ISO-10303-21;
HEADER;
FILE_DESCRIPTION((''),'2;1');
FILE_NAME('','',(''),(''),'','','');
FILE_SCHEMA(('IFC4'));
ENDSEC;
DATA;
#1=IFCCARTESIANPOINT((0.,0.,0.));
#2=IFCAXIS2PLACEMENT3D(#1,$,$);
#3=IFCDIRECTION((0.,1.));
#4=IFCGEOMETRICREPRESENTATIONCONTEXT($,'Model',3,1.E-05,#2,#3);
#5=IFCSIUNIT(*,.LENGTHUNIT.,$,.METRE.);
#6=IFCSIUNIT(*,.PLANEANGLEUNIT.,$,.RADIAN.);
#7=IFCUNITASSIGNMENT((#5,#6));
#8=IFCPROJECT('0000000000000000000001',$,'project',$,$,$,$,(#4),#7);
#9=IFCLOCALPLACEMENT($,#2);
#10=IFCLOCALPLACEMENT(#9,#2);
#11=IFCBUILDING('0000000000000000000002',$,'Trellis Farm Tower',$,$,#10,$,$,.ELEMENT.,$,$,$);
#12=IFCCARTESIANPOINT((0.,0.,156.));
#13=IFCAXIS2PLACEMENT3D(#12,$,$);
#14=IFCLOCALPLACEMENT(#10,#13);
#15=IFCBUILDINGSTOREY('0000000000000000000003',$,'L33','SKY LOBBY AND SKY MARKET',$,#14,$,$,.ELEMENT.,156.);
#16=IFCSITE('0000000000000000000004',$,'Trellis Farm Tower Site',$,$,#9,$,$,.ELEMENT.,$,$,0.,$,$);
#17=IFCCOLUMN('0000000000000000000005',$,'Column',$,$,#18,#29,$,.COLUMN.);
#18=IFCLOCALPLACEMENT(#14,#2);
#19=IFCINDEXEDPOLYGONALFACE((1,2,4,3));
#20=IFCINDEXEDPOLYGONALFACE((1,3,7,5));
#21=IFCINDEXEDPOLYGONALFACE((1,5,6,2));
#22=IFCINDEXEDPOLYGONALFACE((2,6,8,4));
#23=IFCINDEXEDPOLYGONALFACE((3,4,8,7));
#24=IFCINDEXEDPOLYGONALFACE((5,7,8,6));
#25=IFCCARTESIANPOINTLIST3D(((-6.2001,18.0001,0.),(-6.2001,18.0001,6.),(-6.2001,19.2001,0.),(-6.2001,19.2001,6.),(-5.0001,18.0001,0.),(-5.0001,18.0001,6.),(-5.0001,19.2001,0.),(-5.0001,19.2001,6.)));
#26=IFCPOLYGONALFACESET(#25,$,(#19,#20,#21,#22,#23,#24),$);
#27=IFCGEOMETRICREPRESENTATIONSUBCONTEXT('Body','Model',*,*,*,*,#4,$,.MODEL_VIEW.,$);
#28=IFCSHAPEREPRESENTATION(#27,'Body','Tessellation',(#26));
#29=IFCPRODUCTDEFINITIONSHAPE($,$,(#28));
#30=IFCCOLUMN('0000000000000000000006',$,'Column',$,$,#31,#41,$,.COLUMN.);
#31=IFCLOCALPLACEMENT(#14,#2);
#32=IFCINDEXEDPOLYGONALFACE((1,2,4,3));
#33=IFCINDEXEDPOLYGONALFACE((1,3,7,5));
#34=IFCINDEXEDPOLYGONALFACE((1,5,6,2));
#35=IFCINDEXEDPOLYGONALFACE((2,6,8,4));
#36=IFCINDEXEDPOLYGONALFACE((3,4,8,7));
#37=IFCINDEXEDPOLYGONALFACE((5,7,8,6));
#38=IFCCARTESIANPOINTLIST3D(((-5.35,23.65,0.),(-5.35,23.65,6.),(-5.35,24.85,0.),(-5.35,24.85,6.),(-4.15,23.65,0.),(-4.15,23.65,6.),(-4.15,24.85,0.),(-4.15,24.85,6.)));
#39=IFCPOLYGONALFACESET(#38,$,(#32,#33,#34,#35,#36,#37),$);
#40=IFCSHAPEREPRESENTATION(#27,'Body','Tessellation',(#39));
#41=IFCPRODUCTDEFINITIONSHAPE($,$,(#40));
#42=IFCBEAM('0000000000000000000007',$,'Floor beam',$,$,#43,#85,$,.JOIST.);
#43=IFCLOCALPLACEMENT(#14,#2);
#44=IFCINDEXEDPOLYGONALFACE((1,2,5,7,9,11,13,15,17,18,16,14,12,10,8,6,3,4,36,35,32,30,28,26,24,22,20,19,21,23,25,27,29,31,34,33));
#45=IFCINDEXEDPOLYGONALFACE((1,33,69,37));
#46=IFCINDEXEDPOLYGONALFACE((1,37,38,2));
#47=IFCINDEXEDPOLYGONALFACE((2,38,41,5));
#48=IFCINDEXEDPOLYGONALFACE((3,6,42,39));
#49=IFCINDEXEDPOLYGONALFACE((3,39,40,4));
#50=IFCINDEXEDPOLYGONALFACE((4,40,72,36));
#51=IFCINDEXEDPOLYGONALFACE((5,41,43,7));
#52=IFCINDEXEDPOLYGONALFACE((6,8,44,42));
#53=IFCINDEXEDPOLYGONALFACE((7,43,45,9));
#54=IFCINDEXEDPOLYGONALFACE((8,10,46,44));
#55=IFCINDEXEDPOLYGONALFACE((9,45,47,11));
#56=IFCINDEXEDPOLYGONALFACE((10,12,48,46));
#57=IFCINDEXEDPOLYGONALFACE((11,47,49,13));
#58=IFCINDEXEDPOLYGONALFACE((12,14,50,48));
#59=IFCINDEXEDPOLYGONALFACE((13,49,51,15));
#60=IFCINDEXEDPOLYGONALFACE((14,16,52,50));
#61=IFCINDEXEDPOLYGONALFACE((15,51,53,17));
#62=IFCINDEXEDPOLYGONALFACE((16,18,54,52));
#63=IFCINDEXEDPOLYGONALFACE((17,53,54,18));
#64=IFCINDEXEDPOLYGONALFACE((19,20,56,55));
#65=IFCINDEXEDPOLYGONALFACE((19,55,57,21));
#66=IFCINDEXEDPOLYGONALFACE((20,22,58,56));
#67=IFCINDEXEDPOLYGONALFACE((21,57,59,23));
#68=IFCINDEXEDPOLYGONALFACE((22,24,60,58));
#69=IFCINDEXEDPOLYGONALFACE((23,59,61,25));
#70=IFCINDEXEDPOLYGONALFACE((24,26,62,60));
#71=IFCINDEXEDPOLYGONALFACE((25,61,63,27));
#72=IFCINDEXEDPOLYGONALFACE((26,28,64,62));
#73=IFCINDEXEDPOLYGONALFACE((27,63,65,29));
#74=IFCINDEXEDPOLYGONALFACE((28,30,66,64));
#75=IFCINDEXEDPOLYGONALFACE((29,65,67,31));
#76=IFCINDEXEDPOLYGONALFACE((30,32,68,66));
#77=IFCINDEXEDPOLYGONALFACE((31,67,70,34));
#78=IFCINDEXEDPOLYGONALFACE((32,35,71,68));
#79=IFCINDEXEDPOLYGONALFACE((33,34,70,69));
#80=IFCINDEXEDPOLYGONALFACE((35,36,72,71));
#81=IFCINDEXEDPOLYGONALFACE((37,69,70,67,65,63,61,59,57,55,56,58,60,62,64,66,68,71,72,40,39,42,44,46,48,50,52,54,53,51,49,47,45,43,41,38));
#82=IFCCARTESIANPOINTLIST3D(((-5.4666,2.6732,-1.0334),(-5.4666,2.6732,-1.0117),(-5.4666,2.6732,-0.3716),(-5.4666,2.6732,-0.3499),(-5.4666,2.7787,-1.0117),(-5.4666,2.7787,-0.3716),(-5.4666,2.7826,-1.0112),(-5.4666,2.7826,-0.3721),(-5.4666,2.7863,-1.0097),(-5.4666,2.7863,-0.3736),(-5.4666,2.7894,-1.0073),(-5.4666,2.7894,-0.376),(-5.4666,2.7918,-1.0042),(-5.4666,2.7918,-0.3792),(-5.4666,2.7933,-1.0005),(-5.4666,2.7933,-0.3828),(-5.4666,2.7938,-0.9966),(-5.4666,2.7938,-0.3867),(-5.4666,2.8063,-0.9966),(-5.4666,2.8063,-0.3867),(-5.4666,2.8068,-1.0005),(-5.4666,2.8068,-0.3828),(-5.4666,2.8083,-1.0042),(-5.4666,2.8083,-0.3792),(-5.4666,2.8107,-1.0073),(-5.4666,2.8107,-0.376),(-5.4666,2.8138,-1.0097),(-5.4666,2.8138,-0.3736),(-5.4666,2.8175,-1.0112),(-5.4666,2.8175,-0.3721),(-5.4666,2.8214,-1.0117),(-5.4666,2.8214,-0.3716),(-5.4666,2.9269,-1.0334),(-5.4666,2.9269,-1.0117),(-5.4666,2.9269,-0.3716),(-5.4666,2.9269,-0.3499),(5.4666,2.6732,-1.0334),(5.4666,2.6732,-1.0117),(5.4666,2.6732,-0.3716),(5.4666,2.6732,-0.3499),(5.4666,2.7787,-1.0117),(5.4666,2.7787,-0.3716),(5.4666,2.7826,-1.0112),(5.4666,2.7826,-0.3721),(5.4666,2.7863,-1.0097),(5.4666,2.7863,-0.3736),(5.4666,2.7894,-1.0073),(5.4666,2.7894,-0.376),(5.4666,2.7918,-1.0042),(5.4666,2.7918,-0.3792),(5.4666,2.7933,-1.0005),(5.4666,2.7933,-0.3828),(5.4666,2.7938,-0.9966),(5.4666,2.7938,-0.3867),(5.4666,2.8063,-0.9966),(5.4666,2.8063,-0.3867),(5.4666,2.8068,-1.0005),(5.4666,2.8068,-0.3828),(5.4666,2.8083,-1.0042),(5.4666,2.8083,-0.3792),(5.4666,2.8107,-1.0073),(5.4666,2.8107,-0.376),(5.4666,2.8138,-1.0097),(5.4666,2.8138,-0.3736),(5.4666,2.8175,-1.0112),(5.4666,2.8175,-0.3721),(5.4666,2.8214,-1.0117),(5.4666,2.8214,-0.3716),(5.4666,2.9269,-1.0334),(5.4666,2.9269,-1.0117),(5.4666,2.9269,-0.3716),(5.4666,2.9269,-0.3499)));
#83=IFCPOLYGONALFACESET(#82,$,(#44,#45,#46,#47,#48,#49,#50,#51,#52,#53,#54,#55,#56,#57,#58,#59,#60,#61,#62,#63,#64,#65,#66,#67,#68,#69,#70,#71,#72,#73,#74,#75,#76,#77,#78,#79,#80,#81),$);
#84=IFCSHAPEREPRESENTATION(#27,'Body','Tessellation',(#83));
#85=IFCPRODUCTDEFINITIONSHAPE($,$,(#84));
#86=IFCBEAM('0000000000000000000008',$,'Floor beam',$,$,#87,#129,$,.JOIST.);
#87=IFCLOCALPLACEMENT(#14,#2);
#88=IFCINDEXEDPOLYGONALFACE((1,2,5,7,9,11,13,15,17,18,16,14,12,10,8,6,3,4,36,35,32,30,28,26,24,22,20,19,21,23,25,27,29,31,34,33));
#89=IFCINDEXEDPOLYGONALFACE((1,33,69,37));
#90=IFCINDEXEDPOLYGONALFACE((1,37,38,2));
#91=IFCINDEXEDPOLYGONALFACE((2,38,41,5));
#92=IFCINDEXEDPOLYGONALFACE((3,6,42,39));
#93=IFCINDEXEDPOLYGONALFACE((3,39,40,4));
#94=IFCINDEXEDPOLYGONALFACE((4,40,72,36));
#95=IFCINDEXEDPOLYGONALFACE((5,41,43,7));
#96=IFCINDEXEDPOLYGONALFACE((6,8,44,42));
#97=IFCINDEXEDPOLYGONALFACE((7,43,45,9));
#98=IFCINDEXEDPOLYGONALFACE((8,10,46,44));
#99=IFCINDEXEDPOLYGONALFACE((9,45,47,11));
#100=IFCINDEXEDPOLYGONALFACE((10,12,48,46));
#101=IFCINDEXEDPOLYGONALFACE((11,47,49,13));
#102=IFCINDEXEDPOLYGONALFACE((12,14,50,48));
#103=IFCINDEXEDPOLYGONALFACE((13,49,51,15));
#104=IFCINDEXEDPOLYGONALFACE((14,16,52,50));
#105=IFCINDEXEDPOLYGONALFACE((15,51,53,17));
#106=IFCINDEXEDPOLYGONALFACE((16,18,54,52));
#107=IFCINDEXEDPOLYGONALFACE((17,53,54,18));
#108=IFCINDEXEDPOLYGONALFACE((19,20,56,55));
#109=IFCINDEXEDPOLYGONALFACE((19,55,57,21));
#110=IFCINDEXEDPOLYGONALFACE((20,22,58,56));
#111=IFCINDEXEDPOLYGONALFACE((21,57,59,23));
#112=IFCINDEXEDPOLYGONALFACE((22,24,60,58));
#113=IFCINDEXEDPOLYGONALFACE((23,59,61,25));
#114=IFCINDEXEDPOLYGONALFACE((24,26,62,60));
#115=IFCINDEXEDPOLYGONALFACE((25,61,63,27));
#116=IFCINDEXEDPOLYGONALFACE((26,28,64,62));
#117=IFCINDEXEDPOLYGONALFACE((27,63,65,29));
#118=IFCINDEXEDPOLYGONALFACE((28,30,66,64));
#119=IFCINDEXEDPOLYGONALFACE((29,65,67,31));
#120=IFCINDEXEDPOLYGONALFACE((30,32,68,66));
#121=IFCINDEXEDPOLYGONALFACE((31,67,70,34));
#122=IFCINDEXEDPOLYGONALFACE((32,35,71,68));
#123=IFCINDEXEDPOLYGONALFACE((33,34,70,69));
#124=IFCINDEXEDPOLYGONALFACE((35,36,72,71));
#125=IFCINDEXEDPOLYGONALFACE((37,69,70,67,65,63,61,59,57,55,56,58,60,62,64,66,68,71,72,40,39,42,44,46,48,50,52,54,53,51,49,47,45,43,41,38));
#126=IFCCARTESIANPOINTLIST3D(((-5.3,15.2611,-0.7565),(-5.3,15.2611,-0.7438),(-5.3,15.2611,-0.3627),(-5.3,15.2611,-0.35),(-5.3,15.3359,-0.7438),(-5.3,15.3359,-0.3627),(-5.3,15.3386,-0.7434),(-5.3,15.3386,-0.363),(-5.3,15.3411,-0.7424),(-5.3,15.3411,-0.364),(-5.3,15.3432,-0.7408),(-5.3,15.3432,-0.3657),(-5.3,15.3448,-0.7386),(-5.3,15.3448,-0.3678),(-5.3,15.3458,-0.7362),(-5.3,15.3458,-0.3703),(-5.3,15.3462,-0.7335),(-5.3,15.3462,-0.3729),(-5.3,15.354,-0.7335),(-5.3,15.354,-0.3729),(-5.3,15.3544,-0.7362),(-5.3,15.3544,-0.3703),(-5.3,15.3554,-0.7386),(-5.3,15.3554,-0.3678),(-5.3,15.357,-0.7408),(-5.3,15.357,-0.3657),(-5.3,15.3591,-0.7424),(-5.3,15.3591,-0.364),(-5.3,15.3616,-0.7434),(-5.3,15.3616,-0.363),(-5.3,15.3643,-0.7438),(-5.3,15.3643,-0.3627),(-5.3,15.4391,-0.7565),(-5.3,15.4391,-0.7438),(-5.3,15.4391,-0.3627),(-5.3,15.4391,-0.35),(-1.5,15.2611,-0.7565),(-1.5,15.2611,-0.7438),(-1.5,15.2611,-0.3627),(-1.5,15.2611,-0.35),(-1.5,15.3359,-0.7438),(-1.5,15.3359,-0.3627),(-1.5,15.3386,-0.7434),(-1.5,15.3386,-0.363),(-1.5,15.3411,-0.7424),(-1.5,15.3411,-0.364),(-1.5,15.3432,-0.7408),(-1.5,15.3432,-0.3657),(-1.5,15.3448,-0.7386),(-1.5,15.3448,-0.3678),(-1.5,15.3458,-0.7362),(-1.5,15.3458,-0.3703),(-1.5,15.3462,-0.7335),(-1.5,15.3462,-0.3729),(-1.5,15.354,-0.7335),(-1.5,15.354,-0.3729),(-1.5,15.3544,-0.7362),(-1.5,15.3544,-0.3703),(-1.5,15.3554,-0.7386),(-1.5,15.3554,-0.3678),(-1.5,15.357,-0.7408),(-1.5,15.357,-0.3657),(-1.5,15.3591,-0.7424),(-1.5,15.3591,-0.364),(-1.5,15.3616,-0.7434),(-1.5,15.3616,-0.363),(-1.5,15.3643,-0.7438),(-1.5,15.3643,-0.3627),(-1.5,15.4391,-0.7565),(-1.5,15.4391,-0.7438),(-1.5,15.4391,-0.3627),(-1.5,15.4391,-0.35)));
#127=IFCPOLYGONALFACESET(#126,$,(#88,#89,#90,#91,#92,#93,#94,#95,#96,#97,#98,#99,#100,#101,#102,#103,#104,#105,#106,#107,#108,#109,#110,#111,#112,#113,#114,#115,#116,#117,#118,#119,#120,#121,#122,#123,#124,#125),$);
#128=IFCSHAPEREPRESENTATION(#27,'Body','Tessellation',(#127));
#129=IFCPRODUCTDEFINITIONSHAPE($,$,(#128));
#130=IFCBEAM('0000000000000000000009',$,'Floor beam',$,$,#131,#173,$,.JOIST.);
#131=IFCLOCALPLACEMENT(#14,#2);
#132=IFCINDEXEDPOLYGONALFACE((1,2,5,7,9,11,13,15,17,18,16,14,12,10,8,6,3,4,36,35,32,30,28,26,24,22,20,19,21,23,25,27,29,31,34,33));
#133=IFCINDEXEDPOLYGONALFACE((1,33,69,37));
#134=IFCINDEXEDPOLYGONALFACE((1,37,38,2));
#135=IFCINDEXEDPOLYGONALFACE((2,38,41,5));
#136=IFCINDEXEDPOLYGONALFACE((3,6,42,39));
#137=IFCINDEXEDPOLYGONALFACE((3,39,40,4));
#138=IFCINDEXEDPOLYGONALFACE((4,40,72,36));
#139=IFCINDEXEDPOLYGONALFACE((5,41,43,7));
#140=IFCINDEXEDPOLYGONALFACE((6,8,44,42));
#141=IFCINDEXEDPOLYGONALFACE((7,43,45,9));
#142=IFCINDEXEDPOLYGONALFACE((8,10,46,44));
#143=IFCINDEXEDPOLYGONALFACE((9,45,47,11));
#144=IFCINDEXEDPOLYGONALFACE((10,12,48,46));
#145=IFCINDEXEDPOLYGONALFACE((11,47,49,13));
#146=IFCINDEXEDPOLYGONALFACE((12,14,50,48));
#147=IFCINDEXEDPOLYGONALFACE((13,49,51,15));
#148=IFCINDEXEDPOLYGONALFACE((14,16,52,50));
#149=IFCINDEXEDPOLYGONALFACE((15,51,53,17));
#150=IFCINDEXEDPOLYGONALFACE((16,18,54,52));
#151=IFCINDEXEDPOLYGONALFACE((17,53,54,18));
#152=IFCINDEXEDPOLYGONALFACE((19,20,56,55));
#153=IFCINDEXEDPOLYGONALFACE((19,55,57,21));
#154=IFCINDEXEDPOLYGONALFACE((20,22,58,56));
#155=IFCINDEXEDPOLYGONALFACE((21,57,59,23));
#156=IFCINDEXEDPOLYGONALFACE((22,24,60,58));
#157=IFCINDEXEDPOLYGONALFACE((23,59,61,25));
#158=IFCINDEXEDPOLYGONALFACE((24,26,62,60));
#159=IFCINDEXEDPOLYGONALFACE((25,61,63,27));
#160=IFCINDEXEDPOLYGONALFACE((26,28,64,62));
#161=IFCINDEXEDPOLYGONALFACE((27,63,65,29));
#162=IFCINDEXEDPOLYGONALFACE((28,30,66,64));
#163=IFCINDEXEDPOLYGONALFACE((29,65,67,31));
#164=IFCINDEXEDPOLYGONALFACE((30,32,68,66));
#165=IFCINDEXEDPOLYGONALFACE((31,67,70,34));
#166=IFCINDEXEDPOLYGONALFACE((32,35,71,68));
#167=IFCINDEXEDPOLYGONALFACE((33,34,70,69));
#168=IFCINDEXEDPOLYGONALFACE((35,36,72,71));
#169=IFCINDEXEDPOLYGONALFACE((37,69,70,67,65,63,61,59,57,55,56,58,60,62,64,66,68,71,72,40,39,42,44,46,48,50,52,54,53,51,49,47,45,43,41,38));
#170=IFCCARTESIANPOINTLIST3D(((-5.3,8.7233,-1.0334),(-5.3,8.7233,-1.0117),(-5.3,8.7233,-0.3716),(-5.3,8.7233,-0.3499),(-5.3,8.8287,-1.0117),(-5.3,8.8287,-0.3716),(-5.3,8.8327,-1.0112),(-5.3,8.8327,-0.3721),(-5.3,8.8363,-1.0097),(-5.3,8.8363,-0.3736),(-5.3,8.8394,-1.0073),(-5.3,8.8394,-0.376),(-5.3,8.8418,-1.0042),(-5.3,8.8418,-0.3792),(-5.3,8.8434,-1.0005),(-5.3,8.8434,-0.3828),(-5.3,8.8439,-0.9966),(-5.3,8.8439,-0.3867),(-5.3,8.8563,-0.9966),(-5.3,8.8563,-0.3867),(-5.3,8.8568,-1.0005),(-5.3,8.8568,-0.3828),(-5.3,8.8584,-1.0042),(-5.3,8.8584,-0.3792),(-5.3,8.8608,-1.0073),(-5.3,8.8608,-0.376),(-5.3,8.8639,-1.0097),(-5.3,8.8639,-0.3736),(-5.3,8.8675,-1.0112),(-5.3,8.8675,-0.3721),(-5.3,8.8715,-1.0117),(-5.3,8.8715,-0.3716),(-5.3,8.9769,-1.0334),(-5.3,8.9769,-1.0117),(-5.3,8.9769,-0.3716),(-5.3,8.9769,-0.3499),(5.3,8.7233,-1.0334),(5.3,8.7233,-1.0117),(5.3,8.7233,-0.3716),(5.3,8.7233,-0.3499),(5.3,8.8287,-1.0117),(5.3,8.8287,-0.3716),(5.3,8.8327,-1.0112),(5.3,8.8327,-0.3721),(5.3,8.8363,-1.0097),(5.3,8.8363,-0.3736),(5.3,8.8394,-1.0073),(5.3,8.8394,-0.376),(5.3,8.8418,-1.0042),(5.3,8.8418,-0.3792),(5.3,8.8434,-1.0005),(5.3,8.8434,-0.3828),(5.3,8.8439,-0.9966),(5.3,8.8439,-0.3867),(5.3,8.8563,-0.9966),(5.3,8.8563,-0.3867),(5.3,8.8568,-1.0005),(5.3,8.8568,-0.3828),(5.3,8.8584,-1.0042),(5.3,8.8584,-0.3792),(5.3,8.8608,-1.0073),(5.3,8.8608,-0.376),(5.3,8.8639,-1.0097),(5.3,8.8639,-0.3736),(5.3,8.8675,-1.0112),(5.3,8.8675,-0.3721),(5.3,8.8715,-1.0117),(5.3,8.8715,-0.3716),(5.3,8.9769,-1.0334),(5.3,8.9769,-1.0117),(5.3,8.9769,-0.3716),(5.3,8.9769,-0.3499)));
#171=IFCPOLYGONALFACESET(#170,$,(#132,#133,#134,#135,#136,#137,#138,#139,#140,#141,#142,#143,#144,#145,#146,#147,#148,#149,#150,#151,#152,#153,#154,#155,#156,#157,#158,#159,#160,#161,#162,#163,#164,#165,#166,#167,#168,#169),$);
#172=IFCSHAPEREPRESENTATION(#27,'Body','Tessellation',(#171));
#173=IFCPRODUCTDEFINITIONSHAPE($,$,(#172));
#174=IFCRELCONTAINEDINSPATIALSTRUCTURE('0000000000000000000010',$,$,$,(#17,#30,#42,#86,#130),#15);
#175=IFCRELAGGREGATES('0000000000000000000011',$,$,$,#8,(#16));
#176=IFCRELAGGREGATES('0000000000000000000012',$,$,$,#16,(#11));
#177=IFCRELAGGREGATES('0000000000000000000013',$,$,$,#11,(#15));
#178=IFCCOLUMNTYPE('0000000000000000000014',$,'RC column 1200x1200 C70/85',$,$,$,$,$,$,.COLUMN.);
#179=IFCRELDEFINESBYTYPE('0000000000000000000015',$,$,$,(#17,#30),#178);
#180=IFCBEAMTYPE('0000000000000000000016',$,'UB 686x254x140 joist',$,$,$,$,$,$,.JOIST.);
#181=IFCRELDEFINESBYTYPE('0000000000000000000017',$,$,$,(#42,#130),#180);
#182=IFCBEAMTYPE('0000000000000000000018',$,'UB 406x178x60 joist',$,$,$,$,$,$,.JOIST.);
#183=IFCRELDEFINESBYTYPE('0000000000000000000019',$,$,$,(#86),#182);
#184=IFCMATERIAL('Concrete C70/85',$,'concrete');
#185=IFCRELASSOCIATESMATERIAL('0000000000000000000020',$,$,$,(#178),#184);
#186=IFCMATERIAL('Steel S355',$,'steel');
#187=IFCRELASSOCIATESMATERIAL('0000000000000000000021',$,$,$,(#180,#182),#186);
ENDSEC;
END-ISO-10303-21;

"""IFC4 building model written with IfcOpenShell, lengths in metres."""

from ifc_helpers import new_model, si_unit, direction, frame, origin, origin_2d, place, context, subcontext, project, spatial, rectangle, i_section, extrude, source, transform, mapped, material, material_profile, profile_set, type_object, element, save


model = new_model("IFC4")

# Units and contexts
model_context = context("Model", 3, precision=1e-05, world=origin(), true_north=direction((0.0, 1.0)))
body_context = subcontext(model_context, "Body", "Model", "MODEL_VIEW")
ifc_project = project(units=[si_unit("LENGTHUNIT", "METRE"), si_unit("PLANEANGLEUNIT", "RADIAN")], contexts=[model_context])

# Site, building, storey
site_placement = place(None, origin())
site = spatial("IfcSite", under=ifc_project, at=site_placement, Name="Trellis Farm Tower Site", CompositionType="ELEMENT", RefElevation=0.0)
building_placement = place(site_placement, origin())
building = spatial("IfcBuilding", under=site, at=building_placement, Name="Trellis Farm Tower", CompositionType="ELEMENT")
storey_placement = place(building_placement, frame((0.0, 0.0, 156.0)))
storey = spatial("IfcBuildingStorey", under=building, at=storey_placement, Name="L33", Description="SKY LOBBY AND SKY MARKET", CompositionType="ELEMENT", Elevation=156.0)

# Columns
ifc_material_1 = material(Name="Concrete C70/85", Category="concrete")
ifc_material_profile_1 = material_profile(ifc_material_1, rectangle(XDim=1.2, YDim=1.2, at=origin_2d()), Name="RC column 1200x1200 C70/85")
ifc_profile_set_1 = profile_set([ifc_material_profile_1], Name="Concrete C70/85")
column_type = type_object("IfcColumnType", Name="RC column 1200x1200 C70/85", PredefinedType="COLUMN", material=ifc_profile_set_1)
shared_shape_1 = source(origin(), body_context, "Body", "SweptSolid", [
    extrude(rectangle(XDim=1.2, YDim=1.2, at=origin_2d()), origin(), (0.0, 0.0, 1.0), 6.0),
])
for number, where, z_axis, x_axis, name in (
    (1, (-5.6001, 18.6001, 0.0), (0.0, 0.0, 1.0), (1.0, 0.0, 0.0), "Column"),
    (2, (-4.75, 24.25, 0.0), (0.0, 0.0, 1.0), (1.0, 0.0, 0.0), "Column"),
):
    element("IfcColumn", number, at=place(storey_placement, frame(where, z_axis=z_axis, x_axis=x_axis)), inside=storey, type_object=column_type, Name=name, PredefinedType="COLUMN", context=body_context, shape_type="MappedRepresentation", body=[
        mapped(shared_shape_1, transform((0.0, 0.0, 0.0))),
    ])

# Beams
ifc_material_2 = material(Name="Steel S355", Category="steel")
ifc_material_profile_2 = material_profile(ifc_material_2, i_section(OverallWidth=0.2537, OverallDepth=0.6836, WebThickness=0.0125, FlangeThickness=0.0217, FilletRadius=0.0151, at=origin_2d()), Name="UB 686x254x140")
ifc_profile_set_2 = profile_set([ifc_material_profile_2], Name="Steel S355")
beam_type_1 = type_object("IfcBeamType", Name="UB 686x254x140 joist", PredefinedType="JOIST", material=ifc_profile_set_2)
shared_shape_2 = source(origin(), body_context, "Body", "SweptSolid", [
    extrude(i_section(OverallWidth=0.2537, OverallDepth=0.6836, WebThickness=0.0125, FlangeThickness=0.0217, FilletRadius=0.0151, at=origin_2d()), origin(), (0.0, 0.0, 1.0), 10.9331),
])
beam_1_placement = place(storey_placement, frame((-5.4666, 2.8, -0.6917), z_axis=(1.0, 0.0, 0.0), x_axis=(0.0, 1.0, 0.0)))
element("IfcBeam", 3, at=beam_1_placement, inside=storey, type_object=beam_type_1, Name="Floor beam", PredefinedType="JOIST", context=body_context, shape_type="MappedRepresentation", body=[
    mapped(shared_shape_2, transform((0.0, 0.0, 0.0))),
])
ifc_material_profile_3 = material_profile(ifc_material_2, i_section(OverallWidth=0.178, OverallDepth=0.4065, WebThickness=0.0078, FlangeThickness=0.0127, FilletRadius=0.0103, at=origin_2d()), Name="UB 406x178x60")
ifc_profile_set_3 = profile_set([ifc_material_profile_3], Name="Steel S355")
beam_type_2 = type_object("IfcBeamType", Name="UB 406x178x60 joist", PredefinedType="JOIST", material=ifc_profile_set_3)
shared_shape_3 = source(origin(), body_context, "Body", "SweptSolid", [
    extrude(i_section(OverallWidth=0.178, OverallDepth=0.4065, WebThickness=0.0078, FlangeThickness=0.0127, FilletRadius=0.0103, at=origin_2d()), origin(), (0.0, 0.0, 1.0), 3.8),
])
beam_2_placement = place(storey_placement, frame((-5.3, 15.3501, -0.5532), z_axis=(1.0, 0.0, 0.0), x_axis=(0.0, 1.0, 0.0)))
element("IfcBeam", 4, at=beam_2_placement, inside=storey, type_object=beam_type_2, Name="Floor beam", PredefinedType="JOIST", context=body_context, shape_type="MappedRepresentation", body=[
    mapped(shared_shape_3, transform((0.0, 0.0, 0.0))),
])
shared_shape_4 = source(origin(), body_context, "Body", "SweptSolid", [
    extrude(i_section(OverallWidth=0.2537, OverallDepth=0.6836, WebThickness=0.0125, FlangeThickness=0.0217, FilletRadius=0.0151, at=origin_2d()), origin(), (0.0, 0.0, 1.0), 10.6001),
])
beam_3_placement = place(storey_placement, frame((-5.3, 8.8501, -0.6917), z_axis=(1.0, 0.0, 0.0), x_axis=(0.0, 1.0, 0.0)))
element("IfcBeam", 5, at=beam_3_placement, inside=storey, type_object=beam_type_1, Name="Floor beam", PredefinedType="JOIST", context=body_context, shape_type="MappedRepresentation", body=[
    mapped(shared_shape_4, transform((0.0, 0.0, 0.0))),
])

save(model, "model.ifc")
